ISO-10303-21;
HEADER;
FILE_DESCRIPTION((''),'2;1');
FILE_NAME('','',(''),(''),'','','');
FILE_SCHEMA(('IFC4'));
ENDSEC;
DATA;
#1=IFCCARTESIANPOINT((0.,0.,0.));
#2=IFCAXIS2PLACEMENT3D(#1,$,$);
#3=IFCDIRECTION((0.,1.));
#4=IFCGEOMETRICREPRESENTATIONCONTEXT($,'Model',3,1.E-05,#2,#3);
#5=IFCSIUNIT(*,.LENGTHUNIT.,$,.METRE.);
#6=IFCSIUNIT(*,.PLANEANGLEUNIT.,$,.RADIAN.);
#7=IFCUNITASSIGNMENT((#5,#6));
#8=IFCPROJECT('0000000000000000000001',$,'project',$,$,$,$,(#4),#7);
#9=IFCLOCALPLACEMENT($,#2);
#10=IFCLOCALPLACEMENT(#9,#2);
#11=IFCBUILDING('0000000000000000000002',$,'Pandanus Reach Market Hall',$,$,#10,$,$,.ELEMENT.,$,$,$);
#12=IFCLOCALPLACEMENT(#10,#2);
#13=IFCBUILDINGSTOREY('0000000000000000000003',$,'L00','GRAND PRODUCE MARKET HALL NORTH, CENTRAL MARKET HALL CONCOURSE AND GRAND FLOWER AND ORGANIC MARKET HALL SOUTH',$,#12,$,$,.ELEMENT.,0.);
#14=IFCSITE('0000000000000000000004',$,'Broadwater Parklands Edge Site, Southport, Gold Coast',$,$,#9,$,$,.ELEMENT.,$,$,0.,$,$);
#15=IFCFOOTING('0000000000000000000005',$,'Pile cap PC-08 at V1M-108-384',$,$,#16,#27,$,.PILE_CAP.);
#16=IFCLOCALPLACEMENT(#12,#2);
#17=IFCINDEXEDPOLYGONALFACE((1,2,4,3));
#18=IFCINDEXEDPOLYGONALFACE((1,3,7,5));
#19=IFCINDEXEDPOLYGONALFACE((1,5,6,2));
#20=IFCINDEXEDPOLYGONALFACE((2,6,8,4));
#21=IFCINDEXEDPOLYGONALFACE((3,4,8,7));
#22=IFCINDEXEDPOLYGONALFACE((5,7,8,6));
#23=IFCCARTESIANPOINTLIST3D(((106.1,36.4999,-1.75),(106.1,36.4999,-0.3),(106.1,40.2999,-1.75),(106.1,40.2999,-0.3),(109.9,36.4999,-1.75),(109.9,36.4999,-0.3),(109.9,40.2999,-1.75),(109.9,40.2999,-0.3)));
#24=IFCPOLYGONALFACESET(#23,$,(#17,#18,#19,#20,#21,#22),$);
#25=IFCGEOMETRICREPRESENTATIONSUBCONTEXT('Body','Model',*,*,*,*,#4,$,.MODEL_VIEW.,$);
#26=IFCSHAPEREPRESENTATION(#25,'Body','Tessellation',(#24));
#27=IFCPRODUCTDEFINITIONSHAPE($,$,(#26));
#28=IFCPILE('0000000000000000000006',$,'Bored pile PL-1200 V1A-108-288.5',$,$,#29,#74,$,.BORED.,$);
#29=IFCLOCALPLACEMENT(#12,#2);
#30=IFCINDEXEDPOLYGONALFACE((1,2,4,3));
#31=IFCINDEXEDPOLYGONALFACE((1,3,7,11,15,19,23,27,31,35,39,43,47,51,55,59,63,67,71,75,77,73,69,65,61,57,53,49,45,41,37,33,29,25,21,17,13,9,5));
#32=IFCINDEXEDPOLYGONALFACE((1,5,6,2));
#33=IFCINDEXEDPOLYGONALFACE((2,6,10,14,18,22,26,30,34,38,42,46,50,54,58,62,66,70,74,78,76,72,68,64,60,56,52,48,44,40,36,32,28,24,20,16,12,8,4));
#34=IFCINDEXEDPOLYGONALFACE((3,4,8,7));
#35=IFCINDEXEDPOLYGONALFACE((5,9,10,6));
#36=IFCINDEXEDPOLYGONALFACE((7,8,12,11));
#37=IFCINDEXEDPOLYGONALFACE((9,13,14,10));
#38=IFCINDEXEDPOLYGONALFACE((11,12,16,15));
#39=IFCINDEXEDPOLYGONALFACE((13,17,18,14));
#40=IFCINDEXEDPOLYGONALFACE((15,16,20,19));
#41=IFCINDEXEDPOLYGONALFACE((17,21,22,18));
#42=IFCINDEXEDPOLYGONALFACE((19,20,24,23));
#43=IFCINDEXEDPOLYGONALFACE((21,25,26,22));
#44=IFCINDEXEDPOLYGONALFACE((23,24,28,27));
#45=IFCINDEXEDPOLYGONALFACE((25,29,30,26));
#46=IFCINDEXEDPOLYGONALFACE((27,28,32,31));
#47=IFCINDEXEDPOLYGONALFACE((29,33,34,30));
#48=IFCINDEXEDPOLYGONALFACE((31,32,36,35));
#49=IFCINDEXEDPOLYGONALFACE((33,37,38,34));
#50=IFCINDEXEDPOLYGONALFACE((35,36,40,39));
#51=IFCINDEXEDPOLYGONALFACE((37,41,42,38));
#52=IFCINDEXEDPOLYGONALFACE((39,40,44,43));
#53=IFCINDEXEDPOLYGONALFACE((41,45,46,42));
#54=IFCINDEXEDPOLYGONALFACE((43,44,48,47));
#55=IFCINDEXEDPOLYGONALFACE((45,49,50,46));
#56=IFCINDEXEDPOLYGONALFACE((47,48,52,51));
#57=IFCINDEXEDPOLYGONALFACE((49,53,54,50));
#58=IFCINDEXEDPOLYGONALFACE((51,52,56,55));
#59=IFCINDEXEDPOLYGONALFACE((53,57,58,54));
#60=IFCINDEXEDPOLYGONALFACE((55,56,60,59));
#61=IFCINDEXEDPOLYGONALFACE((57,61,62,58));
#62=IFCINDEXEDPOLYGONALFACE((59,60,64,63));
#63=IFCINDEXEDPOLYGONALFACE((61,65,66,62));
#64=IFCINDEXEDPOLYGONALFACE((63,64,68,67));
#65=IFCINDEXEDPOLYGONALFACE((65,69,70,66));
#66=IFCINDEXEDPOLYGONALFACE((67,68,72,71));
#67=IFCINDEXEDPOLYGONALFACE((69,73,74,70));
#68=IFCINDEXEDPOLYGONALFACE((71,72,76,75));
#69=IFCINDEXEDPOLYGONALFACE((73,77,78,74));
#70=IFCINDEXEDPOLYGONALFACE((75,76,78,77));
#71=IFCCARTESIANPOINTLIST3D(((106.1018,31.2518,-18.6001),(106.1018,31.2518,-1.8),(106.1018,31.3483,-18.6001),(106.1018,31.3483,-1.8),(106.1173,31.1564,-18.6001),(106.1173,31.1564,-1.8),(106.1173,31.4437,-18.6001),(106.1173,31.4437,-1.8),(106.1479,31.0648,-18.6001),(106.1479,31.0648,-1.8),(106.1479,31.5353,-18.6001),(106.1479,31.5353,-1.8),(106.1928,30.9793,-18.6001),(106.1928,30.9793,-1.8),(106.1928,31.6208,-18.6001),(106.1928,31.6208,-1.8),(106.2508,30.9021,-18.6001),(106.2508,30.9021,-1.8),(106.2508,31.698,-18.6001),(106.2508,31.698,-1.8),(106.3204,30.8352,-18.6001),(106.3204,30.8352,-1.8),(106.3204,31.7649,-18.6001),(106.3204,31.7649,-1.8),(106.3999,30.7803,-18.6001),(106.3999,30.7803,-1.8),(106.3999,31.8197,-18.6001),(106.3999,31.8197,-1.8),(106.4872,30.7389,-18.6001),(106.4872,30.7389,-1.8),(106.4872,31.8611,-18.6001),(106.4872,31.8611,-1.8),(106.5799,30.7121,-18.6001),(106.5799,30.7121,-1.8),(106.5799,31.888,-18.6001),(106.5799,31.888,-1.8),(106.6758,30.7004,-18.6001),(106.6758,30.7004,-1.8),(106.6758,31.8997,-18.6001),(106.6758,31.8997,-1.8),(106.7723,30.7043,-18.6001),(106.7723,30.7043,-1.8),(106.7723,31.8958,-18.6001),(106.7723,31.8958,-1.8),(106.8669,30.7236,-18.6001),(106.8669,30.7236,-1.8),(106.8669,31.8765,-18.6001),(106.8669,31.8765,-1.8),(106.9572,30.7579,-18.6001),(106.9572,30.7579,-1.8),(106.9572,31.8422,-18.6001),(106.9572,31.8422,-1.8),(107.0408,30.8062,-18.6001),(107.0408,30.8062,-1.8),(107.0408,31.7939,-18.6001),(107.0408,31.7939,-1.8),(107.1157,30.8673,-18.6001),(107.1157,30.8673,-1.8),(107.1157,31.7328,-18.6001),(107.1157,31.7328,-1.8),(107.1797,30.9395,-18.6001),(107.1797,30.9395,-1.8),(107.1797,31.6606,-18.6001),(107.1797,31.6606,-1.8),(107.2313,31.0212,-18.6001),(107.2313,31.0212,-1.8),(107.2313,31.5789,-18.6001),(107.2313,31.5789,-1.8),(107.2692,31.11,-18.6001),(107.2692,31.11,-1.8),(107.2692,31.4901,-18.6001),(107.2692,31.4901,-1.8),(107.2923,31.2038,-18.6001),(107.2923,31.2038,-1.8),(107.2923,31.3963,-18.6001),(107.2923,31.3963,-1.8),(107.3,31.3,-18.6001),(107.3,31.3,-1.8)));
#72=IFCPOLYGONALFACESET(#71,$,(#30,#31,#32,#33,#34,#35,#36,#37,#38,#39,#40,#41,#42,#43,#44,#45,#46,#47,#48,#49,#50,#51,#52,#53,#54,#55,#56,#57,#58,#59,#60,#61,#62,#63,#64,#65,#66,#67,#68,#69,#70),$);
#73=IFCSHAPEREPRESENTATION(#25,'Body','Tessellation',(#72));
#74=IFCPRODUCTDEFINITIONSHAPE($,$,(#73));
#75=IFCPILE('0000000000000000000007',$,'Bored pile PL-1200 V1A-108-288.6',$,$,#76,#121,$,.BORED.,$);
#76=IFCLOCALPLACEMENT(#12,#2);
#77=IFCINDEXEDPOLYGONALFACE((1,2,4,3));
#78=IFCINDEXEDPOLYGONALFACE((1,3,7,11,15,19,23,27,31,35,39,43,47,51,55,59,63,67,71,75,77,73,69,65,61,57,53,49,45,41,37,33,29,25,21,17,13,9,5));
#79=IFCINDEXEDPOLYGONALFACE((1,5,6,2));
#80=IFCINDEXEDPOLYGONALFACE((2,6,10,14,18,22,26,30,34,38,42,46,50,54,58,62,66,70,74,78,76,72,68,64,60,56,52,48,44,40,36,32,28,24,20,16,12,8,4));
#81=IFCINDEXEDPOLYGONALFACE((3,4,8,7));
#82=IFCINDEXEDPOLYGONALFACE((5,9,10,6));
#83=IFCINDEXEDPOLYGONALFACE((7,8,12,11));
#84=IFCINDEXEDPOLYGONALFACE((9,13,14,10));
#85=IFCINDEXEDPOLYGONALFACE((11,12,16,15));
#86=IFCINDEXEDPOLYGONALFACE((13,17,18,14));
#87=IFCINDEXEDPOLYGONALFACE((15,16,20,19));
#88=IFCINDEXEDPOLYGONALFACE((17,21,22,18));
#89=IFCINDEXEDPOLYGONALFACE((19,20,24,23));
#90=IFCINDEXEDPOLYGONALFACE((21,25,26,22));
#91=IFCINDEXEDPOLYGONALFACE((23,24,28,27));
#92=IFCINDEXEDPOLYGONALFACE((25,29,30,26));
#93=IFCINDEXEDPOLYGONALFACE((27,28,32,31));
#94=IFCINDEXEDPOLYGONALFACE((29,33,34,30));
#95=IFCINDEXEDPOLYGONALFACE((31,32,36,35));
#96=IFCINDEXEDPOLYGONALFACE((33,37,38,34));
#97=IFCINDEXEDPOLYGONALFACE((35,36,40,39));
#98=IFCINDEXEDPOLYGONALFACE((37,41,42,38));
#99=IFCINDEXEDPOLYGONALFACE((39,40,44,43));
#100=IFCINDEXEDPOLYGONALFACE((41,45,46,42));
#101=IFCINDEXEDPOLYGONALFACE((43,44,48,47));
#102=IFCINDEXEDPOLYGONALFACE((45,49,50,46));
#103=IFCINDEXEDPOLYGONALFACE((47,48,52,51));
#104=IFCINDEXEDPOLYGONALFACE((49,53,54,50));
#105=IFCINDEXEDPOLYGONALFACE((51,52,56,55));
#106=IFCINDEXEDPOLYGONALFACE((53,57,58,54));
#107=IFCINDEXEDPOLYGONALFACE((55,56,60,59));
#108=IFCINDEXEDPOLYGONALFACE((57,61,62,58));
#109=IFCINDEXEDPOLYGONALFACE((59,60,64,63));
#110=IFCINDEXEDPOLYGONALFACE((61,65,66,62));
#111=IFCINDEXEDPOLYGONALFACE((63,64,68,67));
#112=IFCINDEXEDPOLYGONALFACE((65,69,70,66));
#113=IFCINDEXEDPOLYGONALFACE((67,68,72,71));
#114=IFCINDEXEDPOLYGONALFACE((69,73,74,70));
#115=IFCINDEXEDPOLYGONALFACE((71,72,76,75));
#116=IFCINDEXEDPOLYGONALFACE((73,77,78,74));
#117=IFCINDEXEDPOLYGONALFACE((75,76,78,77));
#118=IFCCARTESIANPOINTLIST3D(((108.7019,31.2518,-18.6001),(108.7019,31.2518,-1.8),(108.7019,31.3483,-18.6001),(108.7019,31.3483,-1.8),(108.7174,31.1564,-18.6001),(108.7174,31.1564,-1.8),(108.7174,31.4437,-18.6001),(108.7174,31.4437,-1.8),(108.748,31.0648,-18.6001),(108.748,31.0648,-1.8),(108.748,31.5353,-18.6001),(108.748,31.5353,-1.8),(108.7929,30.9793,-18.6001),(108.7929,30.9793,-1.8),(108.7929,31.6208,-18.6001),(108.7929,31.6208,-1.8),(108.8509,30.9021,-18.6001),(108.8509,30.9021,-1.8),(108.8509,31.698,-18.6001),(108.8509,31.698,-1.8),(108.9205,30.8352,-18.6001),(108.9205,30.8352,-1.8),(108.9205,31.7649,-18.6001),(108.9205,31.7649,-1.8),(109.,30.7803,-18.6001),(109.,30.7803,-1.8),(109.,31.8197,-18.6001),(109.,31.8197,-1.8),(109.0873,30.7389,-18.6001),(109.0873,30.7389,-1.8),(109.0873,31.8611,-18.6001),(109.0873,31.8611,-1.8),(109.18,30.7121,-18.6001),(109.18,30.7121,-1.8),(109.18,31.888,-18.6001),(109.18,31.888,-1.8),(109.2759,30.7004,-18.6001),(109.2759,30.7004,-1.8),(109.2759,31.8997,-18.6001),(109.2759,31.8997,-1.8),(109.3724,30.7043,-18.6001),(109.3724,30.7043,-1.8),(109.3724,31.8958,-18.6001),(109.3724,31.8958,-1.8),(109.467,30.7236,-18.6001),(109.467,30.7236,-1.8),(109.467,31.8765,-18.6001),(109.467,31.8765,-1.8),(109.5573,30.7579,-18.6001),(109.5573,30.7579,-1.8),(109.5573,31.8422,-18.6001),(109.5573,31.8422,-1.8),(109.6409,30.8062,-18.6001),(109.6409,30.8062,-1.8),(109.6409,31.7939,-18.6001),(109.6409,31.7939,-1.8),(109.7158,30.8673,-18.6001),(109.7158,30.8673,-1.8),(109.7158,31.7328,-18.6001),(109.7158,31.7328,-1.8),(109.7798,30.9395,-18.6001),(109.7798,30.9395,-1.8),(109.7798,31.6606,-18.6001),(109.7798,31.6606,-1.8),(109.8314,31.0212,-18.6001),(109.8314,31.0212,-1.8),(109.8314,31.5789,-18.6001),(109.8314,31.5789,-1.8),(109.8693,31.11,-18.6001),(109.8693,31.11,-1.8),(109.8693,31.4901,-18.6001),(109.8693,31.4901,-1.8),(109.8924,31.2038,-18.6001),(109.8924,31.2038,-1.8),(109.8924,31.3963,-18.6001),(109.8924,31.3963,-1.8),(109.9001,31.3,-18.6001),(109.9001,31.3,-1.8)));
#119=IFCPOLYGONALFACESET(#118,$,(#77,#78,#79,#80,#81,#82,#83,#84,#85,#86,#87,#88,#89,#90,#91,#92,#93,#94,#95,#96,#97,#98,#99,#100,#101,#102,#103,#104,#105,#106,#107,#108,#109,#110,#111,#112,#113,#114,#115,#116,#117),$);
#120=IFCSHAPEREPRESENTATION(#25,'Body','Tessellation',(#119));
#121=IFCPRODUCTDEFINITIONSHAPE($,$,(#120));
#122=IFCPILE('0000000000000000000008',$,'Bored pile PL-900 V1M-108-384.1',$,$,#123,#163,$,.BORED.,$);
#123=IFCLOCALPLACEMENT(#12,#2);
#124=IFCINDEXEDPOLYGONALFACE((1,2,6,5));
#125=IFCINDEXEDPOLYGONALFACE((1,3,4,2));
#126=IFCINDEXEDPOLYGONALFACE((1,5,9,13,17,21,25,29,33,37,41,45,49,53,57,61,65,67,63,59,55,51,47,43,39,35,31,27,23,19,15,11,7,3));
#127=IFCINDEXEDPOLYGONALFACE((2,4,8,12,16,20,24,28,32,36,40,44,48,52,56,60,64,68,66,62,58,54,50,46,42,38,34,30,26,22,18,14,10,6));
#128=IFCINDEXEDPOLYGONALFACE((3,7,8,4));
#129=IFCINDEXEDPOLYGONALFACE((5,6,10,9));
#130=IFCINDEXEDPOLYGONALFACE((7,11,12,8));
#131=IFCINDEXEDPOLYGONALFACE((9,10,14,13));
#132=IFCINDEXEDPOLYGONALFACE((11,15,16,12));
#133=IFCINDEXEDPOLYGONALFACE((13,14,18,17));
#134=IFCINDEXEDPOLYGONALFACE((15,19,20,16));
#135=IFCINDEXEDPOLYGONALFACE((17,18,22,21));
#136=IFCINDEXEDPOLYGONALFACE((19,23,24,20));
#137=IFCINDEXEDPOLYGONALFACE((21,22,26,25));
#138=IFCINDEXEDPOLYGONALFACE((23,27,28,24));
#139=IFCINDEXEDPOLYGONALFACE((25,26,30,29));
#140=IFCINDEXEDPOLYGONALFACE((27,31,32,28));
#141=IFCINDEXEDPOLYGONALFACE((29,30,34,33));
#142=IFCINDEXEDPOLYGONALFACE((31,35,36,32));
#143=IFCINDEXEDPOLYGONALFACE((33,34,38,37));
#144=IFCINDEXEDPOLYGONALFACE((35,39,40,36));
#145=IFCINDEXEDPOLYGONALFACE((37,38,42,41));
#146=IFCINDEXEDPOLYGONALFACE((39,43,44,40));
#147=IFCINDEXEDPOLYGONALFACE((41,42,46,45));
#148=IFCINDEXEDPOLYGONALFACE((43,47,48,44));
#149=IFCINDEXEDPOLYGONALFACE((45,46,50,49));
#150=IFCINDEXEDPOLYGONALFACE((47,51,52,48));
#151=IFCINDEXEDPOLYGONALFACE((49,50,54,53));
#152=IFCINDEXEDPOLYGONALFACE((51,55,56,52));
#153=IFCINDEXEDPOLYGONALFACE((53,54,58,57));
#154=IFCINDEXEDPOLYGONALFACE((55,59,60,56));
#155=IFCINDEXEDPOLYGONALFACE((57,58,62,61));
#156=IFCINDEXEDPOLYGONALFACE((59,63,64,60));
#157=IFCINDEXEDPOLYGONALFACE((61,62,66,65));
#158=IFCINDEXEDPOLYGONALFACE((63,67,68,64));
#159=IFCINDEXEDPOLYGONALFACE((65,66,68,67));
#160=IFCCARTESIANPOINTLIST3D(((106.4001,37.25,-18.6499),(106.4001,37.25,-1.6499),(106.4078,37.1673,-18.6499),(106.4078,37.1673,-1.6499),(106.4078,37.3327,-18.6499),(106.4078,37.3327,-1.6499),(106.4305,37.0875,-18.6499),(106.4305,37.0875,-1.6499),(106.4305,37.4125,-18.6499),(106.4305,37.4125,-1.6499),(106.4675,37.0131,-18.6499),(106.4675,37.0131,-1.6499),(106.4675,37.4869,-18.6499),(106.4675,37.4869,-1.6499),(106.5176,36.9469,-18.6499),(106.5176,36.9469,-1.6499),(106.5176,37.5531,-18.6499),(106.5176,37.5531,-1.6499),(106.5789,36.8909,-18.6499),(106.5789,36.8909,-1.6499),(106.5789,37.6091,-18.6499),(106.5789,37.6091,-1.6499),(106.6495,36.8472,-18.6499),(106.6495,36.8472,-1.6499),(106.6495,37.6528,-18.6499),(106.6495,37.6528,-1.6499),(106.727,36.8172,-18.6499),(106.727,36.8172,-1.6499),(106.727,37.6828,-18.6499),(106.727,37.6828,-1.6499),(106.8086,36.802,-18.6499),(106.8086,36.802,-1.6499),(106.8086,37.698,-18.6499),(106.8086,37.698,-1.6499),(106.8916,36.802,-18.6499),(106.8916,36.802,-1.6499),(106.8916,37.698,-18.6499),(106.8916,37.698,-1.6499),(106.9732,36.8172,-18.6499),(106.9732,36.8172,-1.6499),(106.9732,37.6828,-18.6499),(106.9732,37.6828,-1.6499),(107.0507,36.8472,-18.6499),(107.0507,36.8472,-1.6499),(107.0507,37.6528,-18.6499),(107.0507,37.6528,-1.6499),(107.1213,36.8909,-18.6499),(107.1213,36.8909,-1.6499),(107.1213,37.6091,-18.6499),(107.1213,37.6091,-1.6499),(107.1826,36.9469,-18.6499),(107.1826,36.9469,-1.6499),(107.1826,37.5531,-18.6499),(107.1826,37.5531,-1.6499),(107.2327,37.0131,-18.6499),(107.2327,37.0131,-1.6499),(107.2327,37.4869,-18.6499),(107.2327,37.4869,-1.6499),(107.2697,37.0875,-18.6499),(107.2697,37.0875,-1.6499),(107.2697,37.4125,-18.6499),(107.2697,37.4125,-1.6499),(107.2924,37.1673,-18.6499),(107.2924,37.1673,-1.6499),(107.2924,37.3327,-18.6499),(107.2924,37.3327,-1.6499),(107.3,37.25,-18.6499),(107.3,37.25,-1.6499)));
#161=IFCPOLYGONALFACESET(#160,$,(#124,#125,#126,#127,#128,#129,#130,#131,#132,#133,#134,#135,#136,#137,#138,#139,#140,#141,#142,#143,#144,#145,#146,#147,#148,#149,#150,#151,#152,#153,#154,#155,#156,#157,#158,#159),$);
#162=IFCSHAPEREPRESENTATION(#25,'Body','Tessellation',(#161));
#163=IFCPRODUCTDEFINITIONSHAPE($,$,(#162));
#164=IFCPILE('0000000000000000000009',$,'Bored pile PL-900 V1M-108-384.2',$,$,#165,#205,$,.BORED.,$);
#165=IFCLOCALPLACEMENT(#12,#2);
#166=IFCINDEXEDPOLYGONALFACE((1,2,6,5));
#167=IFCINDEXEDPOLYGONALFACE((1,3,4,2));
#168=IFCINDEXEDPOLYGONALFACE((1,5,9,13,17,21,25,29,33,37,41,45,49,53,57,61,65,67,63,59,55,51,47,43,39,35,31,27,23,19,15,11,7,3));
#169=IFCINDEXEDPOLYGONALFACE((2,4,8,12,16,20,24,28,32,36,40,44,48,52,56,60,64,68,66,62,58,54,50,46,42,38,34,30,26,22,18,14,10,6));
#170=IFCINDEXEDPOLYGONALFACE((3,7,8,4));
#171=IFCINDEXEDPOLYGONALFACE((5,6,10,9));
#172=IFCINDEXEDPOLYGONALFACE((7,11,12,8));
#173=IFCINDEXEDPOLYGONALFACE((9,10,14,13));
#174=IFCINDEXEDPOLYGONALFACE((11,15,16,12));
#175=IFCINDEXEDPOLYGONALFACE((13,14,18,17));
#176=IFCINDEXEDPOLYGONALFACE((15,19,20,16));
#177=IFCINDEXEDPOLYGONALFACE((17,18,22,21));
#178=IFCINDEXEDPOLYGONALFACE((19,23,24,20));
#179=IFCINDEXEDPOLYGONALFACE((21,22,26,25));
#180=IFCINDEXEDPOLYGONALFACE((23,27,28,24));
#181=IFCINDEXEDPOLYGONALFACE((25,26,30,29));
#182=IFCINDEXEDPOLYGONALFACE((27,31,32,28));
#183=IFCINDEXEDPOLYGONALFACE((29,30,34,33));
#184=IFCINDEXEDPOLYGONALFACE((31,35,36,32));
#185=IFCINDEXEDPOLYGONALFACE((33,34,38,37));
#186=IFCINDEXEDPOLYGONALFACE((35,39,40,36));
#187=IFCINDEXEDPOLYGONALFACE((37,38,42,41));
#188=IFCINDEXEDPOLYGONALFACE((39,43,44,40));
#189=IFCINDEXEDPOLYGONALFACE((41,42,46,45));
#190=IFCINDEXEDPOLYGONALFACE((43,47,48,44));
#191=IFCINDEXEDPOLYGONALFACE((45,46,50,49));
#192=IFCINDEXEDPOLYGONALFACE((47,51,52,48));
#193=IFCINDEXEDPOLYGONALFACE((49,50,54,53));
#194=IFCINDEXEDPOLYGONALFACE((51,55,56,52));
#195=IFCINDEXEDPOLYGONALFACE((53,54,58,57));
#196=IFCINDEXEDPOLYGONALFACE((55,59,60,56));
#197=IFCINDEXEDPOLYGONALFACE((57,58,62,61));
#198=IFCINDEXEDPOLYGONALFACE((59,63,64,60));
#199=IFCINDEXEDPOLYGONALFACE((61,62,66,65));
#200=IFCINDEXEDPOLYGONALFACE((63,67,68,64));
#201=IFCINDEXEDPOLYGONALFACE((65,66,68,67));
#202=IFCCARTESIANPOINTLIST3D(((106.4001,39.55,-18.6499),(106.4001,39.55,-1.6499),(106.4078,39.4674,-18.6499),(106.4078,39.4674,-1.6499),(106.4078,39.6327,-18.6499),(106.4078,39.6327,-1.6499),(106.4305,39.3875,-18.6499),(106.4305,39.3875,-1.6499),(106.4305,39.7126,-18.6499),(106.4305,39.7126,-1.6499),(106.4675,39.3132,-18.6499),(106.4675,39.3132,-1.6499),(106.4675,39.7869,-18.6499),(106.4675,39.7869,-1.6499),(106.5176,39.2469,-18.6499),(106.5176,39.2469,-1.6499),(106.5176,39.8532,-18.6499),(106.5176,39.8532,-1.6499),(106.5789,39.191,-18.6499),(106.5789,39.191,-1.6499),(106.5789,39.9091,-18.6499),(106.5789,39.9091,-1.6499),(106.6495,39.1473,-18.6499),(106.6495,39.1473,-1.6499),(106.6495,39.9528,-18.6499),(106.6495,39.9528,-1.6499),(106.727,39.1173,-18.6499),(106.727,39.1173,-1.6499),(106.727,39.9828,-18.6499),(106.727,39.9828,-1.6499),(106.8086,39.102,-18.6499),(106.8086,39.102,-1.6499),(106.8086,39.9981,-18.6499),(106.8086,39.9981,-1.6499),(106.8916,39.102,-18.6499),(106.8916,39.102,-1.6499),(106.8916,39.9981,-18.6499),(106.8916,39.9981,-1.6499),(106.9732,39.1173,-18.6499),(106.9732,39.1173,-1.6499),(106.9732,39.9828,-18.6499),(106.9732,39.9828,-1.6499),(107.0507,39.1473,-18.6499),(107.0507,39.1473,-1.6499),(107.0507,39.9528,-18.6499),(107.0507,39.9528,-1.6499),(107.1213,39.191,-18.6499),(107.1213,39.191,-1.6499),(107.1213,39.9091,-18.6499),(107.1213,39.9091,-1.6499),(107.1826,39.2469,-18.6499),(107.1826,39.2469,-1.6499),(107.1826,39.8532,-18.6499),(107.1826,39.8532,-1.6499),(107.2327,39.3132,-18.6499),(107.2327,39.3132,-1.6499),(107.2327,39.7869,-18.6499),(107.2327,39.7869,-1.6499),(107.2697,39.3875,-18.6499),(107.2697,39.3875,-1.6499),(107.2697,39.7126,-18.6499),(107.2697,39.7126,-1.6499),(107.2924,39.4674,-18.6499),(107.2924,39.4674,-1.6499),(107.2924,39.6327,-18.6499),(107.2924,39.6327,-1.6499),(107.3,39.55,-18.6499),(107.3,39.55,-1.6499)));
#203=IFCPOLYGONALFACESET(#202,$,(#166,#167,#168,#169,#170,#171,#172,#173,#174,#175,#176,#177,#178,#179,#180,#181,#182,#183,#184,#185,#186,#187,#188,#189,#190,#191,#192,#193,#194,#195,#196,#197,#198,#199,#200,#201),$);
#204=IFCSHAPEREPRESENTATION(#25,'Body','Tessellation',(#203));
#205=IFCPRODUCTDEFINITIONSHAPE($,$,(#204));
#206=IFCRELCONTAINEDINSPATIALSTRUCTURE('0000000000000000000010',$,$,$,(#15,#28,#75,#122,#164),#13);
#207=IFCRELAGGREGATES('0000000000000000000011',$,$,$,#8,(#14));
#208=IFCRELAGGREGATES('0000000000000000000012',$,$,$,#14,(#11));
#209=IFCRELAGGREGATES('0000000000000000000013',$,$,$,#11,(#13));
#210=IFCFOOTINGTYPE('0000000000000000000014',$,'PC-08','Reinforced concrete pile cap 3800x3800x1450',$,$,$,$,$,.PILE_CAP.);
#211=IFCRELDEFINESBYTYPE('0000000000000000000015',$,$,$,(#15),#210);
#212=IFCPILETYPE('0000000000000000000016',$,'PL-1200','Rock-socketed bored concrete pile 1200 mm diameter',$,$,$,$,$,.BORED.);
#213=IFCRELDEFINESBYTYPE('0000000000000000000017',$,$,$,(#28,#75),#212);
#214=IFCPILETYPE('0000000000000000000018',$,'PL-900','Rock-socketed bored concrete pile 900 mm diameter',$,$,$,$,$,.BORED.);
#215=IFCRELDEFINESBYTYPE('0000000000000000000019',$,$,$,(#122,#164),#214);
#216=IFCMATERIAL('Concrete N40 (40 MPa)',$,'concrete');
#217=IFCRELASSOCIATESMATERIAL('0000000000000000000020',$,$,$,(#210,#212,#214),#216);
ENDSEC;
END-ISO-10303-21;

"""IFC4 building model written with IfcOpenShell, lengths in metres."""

from ifc_helpers import new_model, si_unit, direction, frame, origin, origin_2d, place, context, subcontext, project, spatial, rectangle, circle, extrude, material, material_profile, profile_set, type_object, element, save


model = new_model("IFC4")

# Units and contexts
model_context = context("Model", 3, precision=1e-05, world=origin(), true_north=direction((0.0, 1.0)))
body_context = subcontext(model_context, "Body", "Model", "MODEL_VIEW")
ifc_project = project(units=[si_unit("LENGTHUNIT", "METRE"), si_unit("PLANEANGLEUNIT", "RADIAN")], contexts=[model_context])

# Site, building, storey
site_placement = place(None, origin())
site = spatial("IfcSite", under=ifc_project, at=site_placement, Name="Broadwater Parklands Edge Site, Southport, Gold Coast", CompositionType="ELEMENT", RefElevation=0.0)
building_placement = place(site_placement, origin())
building = spatial("IfcBuilding", under=site, at=building_placement, Name="Pandanus Reach Market Hall", CompositionType="ELEMENT")
storey_placement = place(building_placement, origin())
storey = spatial("IfcBuildingStorey", under=building, at=storey_placement, Name="L00", Description="GRAND PRODUCE MARKET HALL NORTH, CENTRAL MARKET HALL CONCOURSE AND GRAND FLOWER AND ORGANIC MARKET HALL SOUTH", CompositionType="ELEMENT", Elevation=0.0)

# Footing
ifc_material_1 = material(Name="Concrete N40 (40 MPa)", Category="concrete")
footing_type = type_object("IfcFootingType", Name="PC-08", Description="Reinforced concrete pile cap 3800x3800x1450", PredefinedType="PILE_CAP", material=ifc_material_1)
footing_placement = place(storey_placement, frame((108.0, 38.3999, -1.75), z_axis=(0.0, 0.0, 1.0), x_axis=(1.0, 0.0, 0.0)))
element("IfcFooting", 1, at=footing_placement, inside=storey, type_object=footing_type, Name="Pile cap PC-08 at V1M-108-384", PredefinedType="PILE_CAP", context=body_context, shape_type="SweptSolid", body=[
    extrude(rectangle(XDim=3.8, YDim=3.8, at=origin_2d()), origin(), (0.0, 0.0, 1.0), 1.45),
])

# Piles
ifc_material_profile_1 = material_profile(ifc_material_1, circle(Radius=0.6001, at=origin_2d()), Name="PILE-1200D", Category="LoadBearing")
ifc_profile_set_1 = profile_set([ifc_material_profile_1], Name="Concrete N40 (40 MPa)")
pile_type_1 = type_object("IfcPileType", Name="PL-1200", Description="Rock-socketed bored concrete pile 1200 mm diameter", PredefinedType="BORED", material=ifc_profile_set_1)
for number, where, z_axis, x_axis, name in (
    (2, (106.7, 31.3, -1.8), (0.0, 0.0, -1.0), (1.0, 0.0, 0.0), "Bored pile PL-1200 V1A-108-288.5"),
    (3, (109.3, 31.3, -1.8), (0.0, 0.0, -1.0), (1.0, 0.0, 0.0), "Bored pile PL-1200 V1A-108-288.6"),
):
    element("IfcPile", number, at=place(storey_placement, frame(where, z_axis=z_axis, x_axis=x_axis)), inside=storey, type_object=pile_type_1, Name=name, PredefinedType="BORED", context=body_context, shape_type="SweptSolid", body=[
        extrude(circle(Radius=0.6001, at=origin_2d()), origin(), (0.0, 0.0, 1.0), 16.8),
    ])
ifc_material_profile_2 = material_profile(ifc_material_1, circle(Radius=0.45, at=origin_2d()), Name="PILE-900D", Category="LoadBearing")
ifc_profile_set_2 = profile_set([ifc_material_profile_2], Name="Concrete N40 (40 MPa)")
pile_type_2 = type_object("IfcPileType", Name="PL-900", Description="Rock-socketed bored concrete pile 900 mm diameter", PredefinedType="BORED", material=ifc_profile_set_2)
for number, where, z_axis, x_axis, name in (
    (4, (106.8501, 37.25, -1.6499), (0.0, 0.0, -1.0), (1.0, 0.0, 0.0), "Bored pile PL-900 V1M-108-384.1"),
    (5, (106.8501, 39.55, -1.6499), (0.0, 0.0, -1.0), (1.0, 0.0, 0.0), "Bored pile PL-900 V1M-108-384.2"),
):
    element("IfcPile", number, at=place(storey_placement, frame(where, z_axis=z_axis, x_axis=x_axis)), inside=storey, type_object=pile_type_2, Name=name, PredefinedType="BORED", context=body_context, shape_type="SweptSolid", body=[
        extrude(circle(Radius=0.45, at=origin_2d()), origin(), (0.0, 0.0, 1.0), 17.0),
    ])

save(model, "model.ifc")
